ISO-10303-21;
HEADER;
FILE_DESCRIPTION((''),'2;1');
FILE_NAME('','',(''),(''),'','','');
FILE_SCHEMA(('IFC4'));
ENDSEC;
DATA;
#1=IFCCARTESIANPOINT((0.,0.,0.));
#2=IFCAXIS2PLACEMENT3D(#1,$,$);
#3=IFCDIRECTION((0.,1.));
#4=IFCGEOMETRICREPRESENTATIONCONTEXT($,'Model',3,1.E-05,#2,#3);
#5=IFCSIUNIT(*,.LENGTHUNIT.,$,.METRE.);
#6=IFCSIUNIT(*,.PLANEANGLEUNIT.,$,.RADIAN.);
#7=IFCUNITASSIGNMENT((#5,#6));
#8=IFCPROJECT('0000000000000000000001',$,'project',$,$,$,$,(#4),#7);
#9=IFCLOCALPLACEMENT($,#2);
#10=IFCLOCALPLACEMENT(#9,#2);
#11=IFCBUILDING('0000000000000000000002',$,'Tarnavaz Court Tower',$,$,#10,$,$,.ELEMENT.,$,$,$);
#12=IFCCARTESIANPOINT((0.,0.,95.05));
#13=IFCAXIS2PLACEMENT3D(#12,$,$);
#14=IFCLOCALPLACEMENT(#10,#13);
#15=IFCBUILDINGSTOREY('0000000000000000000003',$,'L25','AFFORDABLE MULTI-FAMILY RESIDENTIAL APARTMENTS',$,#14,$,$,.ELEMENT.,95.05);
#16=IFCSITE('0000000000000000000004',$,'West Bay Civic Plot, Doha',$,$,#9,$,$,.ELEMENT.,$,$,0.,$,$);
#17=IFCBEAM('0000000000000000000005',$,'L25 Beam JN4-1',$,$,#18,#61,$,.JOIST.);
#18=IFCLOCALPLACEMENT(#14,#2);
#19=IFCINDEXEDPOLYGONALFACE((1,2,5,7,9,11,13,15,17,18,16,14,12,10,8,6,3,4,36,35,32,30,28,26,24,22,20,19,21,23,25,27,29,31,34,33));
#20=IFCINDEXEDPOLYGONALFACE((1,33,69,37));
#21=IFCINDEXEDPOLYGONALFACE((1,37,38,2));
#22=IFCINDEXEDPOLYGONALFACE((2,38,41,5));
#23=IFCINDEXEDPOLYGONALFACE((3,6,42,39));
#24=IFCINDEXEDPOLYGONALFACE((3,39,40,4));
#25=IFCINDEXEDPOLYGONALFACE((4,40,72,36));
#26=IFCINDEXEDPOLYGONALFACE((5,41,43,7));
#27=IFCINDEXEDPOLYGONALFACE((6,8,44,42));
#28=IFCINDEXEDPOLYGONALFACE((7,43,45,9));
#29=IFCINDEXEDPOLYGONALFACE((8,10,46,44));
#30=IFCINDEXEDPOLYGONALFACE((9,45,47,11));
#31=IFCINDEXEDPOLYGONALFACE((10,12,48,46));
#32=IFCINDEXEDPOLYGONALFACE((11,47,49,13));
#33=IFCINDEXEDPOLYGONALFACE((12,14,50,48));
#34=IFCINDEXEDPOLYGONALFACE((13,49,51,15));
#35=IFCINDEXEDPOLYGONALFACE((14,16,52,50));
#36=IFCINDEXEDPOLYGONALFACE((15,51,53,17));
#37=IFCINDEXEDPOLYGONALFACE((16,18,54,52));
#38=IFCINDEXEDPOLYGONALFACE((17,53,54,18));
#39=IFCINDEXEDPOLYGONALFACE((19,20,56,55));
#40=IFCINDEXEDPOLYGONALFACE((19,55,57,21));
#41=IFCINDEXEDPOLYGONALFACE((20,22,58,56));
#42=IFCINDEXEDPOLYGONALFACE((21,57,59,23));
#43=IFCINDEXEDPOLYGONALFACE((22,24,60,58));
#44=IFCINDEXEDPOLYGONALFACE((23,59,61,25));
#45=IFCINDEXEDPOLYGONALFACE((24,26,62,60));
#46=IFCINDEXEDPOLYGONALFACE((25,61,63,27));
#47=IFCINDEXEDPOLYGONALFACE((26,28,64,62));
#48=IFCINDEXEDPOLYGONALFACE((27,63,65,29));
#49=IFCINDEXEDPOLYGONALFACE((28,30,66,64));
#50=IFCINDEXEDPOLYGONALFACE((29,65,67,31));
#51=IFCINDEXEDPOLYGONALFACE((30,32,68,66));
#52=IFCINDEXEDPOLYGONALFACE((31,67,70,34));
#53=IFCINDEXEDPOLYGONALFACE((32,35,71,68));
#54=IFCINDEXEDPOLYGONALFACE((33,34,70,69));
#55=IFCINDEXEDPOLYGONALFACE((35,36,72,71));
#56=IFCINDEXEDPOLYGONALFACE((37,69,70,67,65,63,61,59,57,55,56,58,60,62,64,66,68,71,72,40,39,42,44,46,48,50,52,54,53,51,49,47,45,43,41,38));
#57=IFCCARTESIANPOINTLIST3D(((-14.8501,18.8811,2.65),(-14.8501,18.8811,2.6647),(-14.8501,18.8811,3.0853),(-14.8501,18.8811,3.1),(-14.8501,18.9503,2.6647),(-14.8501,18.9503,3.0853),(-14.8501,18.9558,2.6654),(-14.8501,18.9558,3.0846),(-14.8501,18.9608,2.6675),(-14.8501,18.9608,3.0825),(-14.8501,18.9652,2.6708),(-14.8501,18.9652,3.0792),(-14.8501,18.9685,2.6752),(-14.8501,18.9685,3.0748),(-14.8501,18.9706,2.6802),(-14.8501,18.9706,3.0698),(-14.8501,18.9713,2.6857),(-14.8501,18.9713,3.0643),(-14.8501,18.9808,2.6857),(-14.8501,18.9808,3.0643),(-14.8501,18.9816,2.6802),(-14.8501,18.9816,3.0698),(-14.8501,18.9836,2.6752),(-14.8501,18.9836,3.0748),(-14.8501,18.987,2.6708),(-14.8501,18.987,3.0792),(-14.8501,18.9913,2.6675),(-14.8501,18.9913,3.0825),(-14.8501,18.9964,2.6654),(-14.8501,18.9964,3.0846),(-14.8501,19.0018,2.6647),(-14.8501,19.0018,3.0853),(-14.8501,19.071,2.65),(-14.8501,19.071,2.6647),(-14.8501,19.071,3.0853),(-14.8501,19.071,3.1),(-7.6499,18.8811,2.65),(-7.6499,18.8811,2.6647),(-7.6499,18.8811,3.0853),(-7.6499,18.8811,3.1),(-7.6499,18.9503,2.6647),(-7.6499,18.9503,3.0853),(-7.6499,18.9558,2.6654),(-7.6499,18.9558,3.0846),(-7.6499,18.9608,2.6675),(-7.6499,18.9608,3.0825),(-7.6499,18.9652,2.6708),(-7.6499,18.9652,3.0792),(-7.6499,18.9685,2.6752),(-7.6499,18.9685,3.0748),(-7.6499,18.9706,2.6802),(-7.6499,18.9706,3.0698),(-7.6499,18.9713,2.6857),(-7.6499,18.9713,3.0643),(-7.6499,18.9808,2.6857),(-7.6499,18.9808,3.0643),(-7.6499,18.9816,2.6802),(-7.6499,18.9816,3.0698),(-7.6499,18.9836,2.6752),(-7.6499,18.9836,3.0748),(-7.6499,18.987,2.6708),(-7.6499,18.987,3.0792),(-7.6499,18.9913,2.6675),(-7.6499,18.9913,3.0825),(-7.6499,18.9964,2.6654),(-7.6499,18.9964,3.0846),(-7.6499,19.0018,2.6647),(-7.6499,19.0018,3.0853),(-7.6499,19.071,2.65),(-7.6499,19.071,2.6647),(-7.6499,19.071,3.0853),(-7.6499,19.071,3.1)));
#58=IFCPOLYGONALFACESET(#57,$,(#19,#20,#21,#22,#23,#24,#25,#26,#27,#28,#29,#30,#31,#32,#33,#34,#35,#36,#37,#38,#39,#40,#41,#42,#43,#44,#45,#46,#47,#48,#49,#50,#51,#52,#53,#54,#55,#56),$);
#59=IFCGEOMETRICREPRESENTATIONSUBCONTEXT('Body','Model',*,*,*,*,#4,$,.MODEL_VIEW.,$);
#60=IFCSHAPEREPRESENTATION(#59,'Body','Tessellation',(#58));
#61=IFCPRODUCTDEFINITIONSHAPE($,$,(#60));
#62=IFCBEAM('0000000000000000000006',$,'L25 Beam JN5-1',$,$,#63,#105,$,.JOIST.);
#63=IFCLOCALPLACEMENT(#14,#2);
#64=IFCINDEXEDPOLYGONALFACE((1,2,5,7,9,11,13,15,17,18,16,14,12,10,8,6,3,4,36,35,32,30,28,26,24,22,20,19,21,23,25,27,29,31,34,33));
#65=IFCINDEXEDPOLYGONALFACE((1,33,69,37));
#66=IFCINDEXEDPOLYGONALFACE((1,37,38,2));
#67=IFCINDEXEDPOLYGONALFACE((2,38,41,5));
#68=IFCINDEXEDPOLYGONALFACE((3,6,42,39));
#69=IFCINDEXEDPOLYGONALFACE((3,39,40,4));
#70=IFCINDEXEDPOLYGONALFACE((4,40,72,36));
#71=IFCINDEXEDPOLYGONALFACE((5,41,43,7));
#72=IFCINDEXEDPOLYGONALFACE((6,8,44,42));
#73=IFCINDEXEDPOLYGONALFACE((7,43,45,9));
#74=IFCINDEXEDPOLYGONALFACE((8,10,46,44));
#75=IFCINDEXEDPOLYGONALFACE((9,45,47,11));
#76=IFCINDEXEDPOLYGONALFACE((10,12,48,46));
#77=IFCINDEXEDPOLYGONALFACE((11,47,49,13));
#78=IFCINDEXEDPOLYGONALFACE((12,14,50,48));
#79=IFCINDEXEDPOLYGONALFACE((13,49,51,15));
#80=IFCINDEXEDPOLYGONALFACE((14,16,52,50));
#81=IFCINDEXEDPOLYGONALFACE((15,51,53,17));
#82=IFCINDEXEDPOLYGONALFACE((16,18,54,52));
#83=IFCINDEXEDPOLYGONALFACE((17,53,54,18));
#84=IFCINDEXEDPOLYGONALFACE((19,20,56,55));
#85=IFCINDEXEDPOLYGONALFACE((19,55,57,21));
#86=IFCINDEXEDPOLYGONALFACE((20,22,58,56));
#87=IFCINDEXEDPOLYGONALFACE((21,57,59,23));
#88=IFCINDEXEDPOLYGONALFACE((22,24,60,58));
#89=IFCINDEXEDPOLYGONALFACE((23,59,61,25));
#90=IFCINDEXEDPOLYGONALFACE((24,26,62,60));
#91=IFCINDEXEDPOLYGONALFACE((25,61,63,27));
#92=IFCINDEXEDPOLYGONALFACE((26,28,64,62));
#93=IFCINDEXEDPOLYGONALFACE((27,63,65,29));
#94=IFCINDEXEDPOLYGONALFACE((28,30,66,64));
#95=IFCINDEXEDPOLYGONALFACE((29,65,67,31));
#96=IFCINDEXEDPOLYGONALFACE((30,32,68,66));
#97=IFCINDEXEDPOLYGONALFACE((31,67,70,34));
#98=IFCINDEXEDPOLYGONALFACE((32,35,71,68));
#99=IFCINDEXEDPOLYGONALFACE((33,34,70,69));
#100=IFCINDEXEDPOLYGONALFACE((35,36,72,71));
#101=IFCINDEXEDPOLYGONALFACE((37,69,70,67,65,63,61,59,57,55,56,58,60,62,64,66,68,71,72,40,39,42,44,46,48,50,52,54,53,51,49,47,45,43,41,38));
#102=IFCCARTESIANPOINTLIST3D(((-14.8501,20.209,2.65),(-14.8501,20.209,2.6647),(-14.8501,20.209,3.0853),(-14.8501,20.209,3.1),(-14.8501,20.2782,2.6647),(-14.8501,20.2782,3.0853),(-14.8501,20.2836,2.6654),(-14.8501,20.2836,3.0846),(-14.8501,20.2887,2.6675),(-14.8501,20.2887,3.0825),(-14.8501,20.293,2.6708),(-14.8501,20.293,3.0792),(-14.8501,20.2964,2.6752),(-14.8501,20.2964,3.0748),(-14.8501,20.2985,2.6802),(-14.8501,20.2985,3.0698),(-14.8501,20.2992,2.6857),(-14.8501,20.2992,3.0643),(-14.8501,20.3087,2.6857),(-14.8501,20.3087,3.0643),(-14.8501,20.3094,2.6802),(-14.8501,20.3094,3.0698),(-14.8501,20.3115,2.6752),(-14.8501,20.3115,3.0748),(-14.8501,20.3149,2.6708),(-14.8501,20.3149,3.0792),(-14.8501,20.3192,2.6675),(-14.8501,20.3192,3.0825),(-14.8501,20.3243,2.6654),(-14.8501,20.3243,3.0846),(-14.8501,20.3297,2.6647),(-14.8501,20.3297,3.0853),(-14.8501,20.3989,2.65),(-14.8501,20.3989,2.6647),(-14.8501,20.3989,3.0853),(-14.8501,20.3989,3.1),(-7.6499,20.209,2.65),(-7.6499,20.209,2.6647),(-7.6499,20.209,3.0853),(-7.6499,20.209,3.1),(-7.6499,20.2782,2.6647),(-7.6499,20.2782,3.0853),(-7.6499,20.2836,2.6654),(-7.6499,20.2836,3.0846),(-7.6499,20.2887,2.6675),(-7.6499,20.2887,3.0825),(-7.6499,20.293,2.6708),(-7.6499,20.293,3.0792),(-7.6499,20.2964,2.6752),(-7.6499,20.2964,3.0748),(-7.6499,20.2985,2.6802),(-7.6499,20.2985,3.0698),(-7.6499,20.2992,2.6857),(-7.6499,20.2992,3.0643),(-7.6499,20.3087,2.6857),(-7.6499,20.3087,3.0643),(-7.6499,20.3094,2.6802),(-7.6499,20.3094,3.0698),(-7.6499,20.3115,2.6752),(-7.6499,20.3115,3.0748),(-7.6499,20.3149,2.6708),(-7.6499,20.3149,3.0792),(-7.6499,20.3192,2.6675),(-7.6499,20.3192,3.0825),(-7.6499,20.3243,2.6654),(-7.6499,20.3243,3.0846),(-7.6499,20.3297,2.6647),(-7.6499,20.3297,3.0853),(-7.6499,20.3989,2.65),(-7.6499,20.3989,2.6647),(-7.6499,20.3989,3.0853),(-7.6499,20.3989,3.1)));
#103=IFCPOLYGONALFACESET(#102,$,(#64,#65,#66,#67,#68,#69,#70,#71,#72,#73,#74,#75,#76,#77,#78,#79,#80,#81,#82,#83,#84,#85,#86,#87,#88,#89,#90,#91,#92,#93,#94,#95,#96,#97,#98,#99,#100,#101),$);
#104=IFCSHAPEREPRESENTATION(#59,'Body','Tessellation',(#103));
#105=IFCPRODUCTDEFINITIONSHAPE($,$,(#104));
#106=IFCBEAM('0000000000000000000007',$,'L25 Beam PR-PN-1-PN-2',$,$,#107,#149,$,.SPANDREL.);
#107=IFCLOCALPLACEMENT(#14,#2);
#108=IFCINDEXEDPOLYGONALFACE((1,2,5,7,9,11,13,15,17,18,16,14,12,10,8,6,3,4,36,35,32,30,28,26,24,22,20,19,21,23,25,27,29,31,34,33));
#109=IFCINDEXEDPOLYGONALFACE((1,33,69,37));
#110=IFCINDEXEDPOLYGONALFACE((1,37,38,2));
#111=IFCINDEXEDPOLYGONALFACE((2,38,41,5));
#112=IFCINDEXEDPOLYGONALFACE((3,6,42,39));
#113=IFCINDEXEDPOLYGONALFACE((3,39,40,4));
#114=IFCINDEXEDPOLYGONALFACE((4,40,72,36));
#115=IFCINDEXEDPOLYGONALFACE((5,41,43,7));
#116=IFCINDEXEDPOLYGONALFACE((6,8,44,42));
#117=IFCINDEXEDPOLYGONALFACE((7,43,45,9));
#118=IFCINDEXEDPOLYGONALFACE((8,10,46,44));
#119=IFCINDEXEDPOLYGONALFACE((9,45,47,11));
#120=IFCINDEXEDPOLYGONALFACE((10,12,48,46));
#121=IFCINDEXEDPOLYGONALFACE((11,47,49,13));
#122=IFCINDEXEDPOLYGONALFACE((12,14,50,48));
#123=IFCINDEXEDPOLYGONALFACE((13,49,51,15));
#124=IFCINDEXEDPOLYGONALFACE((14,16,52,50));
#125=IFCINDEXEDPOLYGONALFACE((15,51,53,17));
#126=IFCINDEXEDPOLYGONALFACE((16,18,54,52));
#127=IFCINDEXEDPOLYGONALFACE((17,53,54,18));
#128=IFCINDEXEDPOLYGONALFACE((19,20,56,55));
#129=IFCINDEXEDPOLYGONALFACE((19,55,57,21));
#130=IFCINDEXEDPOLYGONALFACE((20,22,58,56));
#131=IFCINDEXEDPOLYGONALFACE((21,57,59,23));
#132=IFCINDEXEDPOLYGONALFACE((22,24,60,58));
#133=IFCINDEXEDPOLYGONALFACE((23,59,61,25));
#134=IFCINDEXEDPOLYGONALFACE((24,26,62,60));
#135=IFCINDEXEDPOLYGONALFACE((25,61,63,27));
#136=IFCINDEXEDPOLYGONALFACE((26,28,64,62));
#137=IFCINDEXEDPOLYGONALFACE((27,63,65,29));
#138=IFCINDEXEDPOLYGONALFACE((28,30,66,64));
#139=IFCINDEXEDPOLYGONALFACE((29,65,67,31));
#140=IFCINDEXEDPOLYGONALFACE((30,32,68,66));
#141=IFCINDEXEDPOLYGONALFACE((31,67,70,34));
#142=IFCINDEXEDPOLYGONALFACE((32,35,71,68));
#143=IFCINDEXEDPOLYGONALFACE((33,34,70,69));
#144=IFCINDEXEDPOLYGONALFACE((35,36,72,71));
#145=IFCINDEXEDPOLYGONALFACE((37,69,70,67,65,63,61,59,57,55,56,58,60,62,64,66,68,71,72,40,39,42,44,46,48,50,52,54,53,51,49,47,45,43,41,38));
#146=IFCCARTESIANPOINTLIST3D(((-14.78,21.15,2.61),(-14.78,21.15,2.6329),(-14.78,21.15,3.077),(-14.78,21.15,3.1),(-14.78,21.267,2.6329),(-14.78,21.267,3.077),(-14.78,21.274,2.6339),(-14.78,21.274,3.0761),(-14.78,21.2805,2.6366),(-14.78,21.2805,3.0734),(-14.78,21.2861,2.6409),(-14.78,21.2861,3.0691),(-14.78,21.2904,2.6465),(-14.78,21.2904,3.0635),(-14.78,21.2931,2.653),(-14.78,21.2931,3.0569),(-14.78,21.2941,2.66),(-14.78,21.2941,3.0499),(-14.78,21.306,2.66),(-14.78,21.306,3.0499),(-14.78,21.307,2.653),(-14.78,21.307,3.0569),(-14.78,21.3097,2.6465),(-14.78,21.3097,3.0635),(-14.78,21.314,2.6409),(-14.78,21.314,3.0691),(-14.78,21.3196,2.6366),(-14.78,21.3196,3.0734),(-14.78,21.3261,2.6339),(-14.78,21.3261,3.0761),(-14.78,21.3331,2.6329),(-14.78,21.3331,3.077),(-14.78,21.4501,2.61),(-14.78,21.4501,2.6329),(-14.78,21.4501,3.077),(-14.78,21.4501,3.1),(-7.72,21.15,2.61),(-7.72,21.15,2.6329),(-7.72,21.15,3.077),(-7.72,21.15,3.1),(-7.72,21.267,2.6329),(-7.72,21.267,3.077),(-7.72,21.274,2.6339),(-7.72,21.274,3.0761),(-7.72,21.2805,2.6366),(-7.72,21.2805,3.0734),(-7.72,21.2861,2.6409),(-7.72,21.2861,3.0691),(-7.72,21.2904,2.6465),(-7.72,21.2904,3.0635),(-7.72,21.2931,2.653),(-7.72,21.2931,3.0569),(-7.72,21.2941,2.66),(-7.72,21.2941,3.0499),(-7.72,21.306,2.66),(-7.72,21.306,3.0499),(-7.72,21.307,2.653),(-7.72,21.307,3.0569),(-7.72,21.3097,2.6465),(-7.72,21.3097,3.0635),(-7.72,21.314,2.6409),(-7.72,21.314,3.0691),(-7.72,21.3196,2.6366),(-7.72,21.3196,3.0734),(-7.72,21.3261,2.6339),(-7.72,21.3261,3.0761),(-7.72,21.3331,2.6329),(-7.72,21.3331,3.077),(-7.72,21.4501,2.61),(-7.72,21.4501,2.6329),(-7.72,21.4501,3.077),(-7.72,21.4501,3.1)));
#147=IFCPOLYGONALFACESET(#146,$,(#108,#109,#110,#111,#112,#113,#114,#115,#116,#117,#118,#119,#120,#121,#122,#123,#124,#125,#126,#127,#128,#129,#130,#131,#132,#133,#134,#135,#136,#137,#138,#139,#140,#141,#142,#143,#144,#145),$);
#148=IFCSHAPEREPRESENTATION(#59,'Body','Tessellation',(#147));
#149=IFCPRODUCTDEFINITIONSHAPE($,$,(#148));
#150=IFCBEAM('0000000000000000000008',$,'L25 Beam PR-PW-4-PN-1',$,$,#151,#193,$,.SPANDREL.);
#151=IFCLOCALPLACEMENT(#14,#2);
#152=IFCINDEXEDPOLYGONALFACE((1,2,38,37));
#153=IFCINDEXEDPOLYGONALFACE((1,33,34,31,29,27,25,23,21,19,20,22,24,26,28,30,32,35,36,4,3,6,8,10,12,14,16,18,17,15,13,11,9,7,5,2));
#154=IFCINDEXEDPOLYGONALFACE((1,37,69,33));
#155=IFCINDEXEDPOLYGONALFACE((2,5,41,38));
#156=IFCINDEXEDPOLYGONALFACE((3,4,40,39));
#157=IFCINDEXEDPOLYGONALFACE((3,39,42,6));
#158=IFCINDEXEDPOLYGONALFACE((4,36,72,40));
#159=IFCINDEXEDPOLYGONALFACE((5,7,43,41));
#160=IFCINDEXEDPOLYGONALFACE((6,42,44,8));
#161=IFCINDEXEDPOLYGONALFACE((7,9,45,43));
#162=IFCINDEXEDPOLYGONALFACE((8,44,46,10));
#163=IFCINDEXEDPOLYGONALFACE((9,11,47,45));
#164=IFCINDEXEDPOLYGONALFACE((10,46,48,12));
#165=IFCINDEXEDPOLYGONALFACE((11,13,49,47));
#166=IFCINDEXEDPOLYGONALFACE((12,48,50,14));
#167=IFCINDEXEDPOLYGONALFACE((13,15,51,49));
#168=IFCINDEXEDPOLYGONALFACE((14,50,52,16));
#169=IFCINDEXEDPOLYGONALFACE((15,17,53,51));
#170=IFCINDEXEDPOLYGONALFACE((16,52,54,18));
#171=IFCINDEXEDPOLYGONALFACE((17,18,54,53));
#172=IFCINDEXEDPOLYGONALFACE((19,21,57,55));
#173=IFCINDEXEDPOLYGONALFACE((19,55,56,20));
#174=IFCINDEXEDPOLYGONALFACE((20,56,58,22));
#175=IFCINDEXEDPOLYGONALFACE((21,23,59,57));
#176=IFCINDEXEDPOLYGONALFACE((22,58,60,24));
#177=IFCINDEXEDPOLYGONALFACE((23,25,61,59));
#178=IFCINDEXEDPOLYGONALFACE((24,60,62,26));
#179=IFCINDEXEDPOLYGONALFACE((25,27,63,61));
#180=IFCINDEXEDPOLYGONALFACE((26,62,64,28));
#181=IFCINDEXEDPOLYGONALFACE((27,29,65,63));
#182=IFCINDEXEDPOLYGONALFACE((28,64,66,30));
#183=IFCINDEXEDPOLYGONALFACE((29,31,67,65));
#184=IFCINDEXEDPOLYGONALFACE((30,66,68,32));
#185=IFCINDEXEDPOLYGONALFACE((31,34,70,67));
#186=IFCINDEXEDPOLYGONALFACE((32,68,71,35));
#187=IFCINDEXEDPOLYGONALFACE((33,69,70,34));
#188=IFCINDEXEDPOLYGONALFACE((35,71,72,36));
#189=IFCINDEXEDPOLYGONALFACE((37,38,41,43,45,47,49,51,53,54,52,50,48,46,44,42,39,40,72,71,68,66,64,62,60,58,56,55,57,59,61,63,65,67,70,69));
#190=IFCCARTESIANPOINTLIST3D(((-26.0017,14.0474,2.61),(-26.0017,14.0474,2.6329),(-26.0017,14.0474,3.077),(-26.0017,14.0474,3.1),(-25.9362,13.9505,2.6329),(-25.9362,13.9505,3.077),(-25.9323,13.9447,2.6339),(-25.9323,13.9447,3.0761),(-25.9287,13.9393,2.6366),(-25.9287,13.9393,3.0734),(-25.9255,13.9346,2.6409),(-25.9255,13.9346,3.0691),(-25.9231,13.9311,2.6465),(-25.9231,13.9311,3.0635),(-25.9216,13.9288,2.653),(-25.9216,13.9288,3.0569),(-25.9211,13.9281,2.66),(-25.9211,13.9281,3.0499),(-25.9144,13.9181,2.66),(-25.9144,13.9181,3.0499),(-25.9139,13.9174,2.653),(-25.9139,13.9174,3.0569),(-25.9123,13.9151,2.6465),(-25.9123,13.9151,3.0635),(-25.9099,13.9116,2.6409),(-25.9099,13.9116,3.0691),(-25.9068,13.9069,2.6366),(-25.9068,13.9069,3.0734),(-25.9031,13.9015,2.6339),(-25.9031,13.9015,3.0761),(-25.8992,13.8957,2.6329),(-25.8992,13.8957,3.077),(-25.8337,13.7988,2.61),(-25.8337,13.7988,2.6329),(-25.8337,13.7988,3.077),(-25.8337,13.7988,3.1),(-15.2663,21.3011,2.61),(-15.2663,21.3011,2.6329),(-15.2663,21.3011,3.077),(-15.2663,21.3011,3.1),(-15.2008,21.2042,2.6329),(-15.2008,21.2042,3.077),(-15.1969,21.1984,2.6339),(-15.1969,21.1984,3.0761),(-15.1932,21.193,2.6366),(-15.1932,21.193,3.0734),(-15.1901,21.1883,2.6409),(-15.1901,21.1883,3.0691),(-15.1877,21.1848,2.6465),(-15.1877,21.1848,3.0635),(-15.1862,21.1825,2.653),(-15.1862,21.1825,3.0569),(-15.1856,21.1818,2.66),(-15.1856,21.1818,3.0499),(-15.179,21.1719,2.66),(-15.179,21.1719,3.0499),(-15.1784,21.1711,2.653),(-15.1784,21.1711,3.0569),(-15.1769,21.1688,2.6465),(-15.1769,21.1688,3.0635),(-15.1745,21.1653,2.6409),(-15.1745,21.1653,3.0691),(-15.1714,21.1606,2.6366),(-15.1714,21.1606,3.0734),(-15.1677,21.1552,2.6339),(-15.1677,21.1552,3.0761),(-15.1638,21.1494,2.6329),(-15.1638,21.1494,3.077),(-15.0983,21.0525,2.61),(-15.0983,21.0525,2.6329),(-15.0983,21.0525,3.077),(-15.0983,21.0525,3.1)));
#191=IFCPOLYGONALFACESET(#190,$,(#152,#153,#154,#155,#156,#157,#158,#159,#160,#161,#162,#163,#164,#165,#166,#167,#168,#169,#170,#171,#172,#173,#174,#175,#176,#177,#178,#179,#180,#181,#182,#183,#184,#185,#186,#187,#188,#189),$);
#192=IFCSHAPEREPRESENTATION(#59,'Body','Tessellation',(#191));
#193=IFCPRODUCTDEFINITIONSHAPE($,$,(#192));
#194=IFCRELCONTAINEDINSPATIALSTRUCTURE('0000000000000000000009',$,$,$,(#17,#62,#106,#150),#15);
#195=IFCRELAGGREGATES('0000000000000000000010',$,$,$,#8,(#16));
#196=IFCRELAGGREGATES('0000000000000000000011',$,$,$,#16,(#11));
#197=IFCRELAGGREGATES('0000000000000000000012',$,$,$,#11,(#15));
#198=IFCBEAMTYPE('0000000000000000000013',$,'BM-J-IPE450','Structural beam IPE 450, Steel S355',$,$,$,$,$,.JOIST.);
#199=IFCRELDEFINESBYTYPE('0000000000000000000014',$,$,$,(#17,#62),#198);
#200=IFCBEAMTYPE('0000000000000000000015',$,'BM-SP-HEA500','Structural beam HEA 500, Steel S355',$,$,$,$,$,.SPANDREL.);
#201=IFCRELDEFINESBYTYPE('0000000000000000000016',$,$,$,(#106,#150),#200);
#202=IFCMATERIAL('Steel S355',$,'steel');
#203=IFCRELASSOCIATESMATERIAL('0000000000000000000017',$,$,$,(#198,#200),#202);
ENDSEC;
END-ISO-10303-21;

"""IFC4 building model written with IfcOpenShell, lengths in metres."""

from ifc_helpers import new_model, si_unit, direction, frame, origin, origin_2d, place, context, subcontext, project, spatial, i_section, extrude, material, material_profile, profile_set, type_object, element, save


model = new_model("IFC4")

# Units and contexts
model_context = context("Model", 3, precision=1e-05, world=origin(), true_north=direction((0.0, 1.0)))
body_context = subcontext(model_context, "Body", "Model", "MODEL_VIEW")
ifc_project = project(units=[si_unit("LENGTHUNIT", "METRE"), si_unit("PLANEANGLEUNIT", "RADIAN")], contexts=[model_context])

# Site, building, storey
site_placement = place(None, origin())
site = spatial("IfcSite", under=ifc_project, at=site_placement, Name="West Bay Civic Plot, Doha", CompositionType="ELEMENT", RefElevation=0.0)
building_placement = place(site_placement, origin())
building = spatial("IfcBuilding", under=site, at=building_placement, Name="Tarnavaz Court Tower", CompositionType="ELEMENT")
storey_placement = place(building_placement, frame((0.0, 0.0, 95.05)))
storey = spatial("IfcBuildingStorey", under=building, at=storey_placement, Name="L25", Description="AFFORDABLE MULTI-FAMILY RESIDENTIAL APARTMENTS", CompositionType="ELEMENT", Elevation=95.05)

# Beams
ifc_material_1 = material(Name="Steel S355", Category="steel")
ifc_material_profile_1 = material_profile(ifc_material_1, i_section(OverallWidth=0.1899, OverallDepth=0.45, WebThickness=0.0095, FlangeThickness=0.0146, FilletRadius=0.021, at=origin_2d()), Name="IPE 450")
ifc_profile_set_1 = profile_set([ifc_material_profile_1], Name="Steel S355")
beam_type_1 = type_object("IfcBeamType", Name="BM-J-IPE450", Description="Structural beam IPE 450, Steel S355", PredefinedType="JOIST", material=ifc_profile_set_1)
for number, where, z_axis, x_axis, name in (
    (1, (-14.8501, 18.9761, 2.875), (1.0, 0.0, 0.0), (0.0, 1.0, 0.0), "L25 Beam JN4-1"),
    (2, (-14.8501, 20.304, 2.875), (1.0, 0.0, 0.0), (0.0, 1.0, 0.0), "L25 Beam JN5-1"),
):
    element("IfcBeam", number, at=place(storey_placement, frame(where, z_axis=z_axis, x_axis=x_axis)), inside=storey, type_object=beam_type_1, Name=name, PredefinedType="JOIST", context=body_context, shape_type="SweptSolid", body=[
        extrude(i_section(OverallWidth=0.1899, OverallDepth=0.45, WebThickness=0.0095, FlangeThickness=0.0146, FilletRadius=0.021, at=origin_2d()), origin(), (0.0, 0.0, 1.0), 7.2002),
    ])
ifc_material_profile_2 = material_profile(ifc_material_1, i_section(OverallWidth=0.3, OverallDepth=0.49, WebThickness=0.012, FlangeThickness=0.0229, FilletRadius=0.0271, at=origin_2d()), Name="HEA 500")
ifc_profile_set_2 = profile_set([ifc_material_profile_2], Name="Steel S355")
beam_type_2 = type_object("IfcBeamType", Name="BM-SP-HEA500", Description="Structural beam HEA 500, Steel S355", PredefinedType="SPANDREL", material=ifc_profile_set_2)
beam_1_placement = place(storey_placement, frame((-14.78, 21.3, 2.855), z_axis=(1.0, 0.0, 0.0), x_axis=(0.0, 1.0, 0.0)))
element("IfcBeam", 3, at=beam_1_placement, inside=storey, type_object=beam_type_2, Name="L25 Beam PR-PN-1-PN-2", PredefinedType="SPANDREL", context=body_context, shape_type="SweptSolid", body=[
    extrude(i_section(OverallWidth=0.3, OverallDepth=0.49, WebThickness=0.012, FlangeThickness=0.0229, FilletRadius=0.0271, at=origin_2d()), origin(), (0.0, 0.0, 1.0), 7.0601),
])
beam_2_placement = place(storey_placement, frame((-25.9177, 13.9231, 2.855), z_axis=(0.828587, 0.55986, 0.0), x_axis=(-0.55986, 0.828587, 0.0)))
element("IfcBeam", 4, at=beam_2_placement, inside=storey, type_object=beam_type_2, Name="L25 Beam PR-PW-4-PN-1", PredefinedType="SPANDREL", context=body_context, shape_type="SweptSolid", body=[
    extrude(i_section(OverallWidth=0.3, OverallDepth=0.49, WebThickness=0.012, FlangeThickness=0.0229, FilletRadius=0.0271, at=origin_2d()), origin(), (0.0, 0.0, 1.0), 12.9563),
])

save(model, "model.ifc")
